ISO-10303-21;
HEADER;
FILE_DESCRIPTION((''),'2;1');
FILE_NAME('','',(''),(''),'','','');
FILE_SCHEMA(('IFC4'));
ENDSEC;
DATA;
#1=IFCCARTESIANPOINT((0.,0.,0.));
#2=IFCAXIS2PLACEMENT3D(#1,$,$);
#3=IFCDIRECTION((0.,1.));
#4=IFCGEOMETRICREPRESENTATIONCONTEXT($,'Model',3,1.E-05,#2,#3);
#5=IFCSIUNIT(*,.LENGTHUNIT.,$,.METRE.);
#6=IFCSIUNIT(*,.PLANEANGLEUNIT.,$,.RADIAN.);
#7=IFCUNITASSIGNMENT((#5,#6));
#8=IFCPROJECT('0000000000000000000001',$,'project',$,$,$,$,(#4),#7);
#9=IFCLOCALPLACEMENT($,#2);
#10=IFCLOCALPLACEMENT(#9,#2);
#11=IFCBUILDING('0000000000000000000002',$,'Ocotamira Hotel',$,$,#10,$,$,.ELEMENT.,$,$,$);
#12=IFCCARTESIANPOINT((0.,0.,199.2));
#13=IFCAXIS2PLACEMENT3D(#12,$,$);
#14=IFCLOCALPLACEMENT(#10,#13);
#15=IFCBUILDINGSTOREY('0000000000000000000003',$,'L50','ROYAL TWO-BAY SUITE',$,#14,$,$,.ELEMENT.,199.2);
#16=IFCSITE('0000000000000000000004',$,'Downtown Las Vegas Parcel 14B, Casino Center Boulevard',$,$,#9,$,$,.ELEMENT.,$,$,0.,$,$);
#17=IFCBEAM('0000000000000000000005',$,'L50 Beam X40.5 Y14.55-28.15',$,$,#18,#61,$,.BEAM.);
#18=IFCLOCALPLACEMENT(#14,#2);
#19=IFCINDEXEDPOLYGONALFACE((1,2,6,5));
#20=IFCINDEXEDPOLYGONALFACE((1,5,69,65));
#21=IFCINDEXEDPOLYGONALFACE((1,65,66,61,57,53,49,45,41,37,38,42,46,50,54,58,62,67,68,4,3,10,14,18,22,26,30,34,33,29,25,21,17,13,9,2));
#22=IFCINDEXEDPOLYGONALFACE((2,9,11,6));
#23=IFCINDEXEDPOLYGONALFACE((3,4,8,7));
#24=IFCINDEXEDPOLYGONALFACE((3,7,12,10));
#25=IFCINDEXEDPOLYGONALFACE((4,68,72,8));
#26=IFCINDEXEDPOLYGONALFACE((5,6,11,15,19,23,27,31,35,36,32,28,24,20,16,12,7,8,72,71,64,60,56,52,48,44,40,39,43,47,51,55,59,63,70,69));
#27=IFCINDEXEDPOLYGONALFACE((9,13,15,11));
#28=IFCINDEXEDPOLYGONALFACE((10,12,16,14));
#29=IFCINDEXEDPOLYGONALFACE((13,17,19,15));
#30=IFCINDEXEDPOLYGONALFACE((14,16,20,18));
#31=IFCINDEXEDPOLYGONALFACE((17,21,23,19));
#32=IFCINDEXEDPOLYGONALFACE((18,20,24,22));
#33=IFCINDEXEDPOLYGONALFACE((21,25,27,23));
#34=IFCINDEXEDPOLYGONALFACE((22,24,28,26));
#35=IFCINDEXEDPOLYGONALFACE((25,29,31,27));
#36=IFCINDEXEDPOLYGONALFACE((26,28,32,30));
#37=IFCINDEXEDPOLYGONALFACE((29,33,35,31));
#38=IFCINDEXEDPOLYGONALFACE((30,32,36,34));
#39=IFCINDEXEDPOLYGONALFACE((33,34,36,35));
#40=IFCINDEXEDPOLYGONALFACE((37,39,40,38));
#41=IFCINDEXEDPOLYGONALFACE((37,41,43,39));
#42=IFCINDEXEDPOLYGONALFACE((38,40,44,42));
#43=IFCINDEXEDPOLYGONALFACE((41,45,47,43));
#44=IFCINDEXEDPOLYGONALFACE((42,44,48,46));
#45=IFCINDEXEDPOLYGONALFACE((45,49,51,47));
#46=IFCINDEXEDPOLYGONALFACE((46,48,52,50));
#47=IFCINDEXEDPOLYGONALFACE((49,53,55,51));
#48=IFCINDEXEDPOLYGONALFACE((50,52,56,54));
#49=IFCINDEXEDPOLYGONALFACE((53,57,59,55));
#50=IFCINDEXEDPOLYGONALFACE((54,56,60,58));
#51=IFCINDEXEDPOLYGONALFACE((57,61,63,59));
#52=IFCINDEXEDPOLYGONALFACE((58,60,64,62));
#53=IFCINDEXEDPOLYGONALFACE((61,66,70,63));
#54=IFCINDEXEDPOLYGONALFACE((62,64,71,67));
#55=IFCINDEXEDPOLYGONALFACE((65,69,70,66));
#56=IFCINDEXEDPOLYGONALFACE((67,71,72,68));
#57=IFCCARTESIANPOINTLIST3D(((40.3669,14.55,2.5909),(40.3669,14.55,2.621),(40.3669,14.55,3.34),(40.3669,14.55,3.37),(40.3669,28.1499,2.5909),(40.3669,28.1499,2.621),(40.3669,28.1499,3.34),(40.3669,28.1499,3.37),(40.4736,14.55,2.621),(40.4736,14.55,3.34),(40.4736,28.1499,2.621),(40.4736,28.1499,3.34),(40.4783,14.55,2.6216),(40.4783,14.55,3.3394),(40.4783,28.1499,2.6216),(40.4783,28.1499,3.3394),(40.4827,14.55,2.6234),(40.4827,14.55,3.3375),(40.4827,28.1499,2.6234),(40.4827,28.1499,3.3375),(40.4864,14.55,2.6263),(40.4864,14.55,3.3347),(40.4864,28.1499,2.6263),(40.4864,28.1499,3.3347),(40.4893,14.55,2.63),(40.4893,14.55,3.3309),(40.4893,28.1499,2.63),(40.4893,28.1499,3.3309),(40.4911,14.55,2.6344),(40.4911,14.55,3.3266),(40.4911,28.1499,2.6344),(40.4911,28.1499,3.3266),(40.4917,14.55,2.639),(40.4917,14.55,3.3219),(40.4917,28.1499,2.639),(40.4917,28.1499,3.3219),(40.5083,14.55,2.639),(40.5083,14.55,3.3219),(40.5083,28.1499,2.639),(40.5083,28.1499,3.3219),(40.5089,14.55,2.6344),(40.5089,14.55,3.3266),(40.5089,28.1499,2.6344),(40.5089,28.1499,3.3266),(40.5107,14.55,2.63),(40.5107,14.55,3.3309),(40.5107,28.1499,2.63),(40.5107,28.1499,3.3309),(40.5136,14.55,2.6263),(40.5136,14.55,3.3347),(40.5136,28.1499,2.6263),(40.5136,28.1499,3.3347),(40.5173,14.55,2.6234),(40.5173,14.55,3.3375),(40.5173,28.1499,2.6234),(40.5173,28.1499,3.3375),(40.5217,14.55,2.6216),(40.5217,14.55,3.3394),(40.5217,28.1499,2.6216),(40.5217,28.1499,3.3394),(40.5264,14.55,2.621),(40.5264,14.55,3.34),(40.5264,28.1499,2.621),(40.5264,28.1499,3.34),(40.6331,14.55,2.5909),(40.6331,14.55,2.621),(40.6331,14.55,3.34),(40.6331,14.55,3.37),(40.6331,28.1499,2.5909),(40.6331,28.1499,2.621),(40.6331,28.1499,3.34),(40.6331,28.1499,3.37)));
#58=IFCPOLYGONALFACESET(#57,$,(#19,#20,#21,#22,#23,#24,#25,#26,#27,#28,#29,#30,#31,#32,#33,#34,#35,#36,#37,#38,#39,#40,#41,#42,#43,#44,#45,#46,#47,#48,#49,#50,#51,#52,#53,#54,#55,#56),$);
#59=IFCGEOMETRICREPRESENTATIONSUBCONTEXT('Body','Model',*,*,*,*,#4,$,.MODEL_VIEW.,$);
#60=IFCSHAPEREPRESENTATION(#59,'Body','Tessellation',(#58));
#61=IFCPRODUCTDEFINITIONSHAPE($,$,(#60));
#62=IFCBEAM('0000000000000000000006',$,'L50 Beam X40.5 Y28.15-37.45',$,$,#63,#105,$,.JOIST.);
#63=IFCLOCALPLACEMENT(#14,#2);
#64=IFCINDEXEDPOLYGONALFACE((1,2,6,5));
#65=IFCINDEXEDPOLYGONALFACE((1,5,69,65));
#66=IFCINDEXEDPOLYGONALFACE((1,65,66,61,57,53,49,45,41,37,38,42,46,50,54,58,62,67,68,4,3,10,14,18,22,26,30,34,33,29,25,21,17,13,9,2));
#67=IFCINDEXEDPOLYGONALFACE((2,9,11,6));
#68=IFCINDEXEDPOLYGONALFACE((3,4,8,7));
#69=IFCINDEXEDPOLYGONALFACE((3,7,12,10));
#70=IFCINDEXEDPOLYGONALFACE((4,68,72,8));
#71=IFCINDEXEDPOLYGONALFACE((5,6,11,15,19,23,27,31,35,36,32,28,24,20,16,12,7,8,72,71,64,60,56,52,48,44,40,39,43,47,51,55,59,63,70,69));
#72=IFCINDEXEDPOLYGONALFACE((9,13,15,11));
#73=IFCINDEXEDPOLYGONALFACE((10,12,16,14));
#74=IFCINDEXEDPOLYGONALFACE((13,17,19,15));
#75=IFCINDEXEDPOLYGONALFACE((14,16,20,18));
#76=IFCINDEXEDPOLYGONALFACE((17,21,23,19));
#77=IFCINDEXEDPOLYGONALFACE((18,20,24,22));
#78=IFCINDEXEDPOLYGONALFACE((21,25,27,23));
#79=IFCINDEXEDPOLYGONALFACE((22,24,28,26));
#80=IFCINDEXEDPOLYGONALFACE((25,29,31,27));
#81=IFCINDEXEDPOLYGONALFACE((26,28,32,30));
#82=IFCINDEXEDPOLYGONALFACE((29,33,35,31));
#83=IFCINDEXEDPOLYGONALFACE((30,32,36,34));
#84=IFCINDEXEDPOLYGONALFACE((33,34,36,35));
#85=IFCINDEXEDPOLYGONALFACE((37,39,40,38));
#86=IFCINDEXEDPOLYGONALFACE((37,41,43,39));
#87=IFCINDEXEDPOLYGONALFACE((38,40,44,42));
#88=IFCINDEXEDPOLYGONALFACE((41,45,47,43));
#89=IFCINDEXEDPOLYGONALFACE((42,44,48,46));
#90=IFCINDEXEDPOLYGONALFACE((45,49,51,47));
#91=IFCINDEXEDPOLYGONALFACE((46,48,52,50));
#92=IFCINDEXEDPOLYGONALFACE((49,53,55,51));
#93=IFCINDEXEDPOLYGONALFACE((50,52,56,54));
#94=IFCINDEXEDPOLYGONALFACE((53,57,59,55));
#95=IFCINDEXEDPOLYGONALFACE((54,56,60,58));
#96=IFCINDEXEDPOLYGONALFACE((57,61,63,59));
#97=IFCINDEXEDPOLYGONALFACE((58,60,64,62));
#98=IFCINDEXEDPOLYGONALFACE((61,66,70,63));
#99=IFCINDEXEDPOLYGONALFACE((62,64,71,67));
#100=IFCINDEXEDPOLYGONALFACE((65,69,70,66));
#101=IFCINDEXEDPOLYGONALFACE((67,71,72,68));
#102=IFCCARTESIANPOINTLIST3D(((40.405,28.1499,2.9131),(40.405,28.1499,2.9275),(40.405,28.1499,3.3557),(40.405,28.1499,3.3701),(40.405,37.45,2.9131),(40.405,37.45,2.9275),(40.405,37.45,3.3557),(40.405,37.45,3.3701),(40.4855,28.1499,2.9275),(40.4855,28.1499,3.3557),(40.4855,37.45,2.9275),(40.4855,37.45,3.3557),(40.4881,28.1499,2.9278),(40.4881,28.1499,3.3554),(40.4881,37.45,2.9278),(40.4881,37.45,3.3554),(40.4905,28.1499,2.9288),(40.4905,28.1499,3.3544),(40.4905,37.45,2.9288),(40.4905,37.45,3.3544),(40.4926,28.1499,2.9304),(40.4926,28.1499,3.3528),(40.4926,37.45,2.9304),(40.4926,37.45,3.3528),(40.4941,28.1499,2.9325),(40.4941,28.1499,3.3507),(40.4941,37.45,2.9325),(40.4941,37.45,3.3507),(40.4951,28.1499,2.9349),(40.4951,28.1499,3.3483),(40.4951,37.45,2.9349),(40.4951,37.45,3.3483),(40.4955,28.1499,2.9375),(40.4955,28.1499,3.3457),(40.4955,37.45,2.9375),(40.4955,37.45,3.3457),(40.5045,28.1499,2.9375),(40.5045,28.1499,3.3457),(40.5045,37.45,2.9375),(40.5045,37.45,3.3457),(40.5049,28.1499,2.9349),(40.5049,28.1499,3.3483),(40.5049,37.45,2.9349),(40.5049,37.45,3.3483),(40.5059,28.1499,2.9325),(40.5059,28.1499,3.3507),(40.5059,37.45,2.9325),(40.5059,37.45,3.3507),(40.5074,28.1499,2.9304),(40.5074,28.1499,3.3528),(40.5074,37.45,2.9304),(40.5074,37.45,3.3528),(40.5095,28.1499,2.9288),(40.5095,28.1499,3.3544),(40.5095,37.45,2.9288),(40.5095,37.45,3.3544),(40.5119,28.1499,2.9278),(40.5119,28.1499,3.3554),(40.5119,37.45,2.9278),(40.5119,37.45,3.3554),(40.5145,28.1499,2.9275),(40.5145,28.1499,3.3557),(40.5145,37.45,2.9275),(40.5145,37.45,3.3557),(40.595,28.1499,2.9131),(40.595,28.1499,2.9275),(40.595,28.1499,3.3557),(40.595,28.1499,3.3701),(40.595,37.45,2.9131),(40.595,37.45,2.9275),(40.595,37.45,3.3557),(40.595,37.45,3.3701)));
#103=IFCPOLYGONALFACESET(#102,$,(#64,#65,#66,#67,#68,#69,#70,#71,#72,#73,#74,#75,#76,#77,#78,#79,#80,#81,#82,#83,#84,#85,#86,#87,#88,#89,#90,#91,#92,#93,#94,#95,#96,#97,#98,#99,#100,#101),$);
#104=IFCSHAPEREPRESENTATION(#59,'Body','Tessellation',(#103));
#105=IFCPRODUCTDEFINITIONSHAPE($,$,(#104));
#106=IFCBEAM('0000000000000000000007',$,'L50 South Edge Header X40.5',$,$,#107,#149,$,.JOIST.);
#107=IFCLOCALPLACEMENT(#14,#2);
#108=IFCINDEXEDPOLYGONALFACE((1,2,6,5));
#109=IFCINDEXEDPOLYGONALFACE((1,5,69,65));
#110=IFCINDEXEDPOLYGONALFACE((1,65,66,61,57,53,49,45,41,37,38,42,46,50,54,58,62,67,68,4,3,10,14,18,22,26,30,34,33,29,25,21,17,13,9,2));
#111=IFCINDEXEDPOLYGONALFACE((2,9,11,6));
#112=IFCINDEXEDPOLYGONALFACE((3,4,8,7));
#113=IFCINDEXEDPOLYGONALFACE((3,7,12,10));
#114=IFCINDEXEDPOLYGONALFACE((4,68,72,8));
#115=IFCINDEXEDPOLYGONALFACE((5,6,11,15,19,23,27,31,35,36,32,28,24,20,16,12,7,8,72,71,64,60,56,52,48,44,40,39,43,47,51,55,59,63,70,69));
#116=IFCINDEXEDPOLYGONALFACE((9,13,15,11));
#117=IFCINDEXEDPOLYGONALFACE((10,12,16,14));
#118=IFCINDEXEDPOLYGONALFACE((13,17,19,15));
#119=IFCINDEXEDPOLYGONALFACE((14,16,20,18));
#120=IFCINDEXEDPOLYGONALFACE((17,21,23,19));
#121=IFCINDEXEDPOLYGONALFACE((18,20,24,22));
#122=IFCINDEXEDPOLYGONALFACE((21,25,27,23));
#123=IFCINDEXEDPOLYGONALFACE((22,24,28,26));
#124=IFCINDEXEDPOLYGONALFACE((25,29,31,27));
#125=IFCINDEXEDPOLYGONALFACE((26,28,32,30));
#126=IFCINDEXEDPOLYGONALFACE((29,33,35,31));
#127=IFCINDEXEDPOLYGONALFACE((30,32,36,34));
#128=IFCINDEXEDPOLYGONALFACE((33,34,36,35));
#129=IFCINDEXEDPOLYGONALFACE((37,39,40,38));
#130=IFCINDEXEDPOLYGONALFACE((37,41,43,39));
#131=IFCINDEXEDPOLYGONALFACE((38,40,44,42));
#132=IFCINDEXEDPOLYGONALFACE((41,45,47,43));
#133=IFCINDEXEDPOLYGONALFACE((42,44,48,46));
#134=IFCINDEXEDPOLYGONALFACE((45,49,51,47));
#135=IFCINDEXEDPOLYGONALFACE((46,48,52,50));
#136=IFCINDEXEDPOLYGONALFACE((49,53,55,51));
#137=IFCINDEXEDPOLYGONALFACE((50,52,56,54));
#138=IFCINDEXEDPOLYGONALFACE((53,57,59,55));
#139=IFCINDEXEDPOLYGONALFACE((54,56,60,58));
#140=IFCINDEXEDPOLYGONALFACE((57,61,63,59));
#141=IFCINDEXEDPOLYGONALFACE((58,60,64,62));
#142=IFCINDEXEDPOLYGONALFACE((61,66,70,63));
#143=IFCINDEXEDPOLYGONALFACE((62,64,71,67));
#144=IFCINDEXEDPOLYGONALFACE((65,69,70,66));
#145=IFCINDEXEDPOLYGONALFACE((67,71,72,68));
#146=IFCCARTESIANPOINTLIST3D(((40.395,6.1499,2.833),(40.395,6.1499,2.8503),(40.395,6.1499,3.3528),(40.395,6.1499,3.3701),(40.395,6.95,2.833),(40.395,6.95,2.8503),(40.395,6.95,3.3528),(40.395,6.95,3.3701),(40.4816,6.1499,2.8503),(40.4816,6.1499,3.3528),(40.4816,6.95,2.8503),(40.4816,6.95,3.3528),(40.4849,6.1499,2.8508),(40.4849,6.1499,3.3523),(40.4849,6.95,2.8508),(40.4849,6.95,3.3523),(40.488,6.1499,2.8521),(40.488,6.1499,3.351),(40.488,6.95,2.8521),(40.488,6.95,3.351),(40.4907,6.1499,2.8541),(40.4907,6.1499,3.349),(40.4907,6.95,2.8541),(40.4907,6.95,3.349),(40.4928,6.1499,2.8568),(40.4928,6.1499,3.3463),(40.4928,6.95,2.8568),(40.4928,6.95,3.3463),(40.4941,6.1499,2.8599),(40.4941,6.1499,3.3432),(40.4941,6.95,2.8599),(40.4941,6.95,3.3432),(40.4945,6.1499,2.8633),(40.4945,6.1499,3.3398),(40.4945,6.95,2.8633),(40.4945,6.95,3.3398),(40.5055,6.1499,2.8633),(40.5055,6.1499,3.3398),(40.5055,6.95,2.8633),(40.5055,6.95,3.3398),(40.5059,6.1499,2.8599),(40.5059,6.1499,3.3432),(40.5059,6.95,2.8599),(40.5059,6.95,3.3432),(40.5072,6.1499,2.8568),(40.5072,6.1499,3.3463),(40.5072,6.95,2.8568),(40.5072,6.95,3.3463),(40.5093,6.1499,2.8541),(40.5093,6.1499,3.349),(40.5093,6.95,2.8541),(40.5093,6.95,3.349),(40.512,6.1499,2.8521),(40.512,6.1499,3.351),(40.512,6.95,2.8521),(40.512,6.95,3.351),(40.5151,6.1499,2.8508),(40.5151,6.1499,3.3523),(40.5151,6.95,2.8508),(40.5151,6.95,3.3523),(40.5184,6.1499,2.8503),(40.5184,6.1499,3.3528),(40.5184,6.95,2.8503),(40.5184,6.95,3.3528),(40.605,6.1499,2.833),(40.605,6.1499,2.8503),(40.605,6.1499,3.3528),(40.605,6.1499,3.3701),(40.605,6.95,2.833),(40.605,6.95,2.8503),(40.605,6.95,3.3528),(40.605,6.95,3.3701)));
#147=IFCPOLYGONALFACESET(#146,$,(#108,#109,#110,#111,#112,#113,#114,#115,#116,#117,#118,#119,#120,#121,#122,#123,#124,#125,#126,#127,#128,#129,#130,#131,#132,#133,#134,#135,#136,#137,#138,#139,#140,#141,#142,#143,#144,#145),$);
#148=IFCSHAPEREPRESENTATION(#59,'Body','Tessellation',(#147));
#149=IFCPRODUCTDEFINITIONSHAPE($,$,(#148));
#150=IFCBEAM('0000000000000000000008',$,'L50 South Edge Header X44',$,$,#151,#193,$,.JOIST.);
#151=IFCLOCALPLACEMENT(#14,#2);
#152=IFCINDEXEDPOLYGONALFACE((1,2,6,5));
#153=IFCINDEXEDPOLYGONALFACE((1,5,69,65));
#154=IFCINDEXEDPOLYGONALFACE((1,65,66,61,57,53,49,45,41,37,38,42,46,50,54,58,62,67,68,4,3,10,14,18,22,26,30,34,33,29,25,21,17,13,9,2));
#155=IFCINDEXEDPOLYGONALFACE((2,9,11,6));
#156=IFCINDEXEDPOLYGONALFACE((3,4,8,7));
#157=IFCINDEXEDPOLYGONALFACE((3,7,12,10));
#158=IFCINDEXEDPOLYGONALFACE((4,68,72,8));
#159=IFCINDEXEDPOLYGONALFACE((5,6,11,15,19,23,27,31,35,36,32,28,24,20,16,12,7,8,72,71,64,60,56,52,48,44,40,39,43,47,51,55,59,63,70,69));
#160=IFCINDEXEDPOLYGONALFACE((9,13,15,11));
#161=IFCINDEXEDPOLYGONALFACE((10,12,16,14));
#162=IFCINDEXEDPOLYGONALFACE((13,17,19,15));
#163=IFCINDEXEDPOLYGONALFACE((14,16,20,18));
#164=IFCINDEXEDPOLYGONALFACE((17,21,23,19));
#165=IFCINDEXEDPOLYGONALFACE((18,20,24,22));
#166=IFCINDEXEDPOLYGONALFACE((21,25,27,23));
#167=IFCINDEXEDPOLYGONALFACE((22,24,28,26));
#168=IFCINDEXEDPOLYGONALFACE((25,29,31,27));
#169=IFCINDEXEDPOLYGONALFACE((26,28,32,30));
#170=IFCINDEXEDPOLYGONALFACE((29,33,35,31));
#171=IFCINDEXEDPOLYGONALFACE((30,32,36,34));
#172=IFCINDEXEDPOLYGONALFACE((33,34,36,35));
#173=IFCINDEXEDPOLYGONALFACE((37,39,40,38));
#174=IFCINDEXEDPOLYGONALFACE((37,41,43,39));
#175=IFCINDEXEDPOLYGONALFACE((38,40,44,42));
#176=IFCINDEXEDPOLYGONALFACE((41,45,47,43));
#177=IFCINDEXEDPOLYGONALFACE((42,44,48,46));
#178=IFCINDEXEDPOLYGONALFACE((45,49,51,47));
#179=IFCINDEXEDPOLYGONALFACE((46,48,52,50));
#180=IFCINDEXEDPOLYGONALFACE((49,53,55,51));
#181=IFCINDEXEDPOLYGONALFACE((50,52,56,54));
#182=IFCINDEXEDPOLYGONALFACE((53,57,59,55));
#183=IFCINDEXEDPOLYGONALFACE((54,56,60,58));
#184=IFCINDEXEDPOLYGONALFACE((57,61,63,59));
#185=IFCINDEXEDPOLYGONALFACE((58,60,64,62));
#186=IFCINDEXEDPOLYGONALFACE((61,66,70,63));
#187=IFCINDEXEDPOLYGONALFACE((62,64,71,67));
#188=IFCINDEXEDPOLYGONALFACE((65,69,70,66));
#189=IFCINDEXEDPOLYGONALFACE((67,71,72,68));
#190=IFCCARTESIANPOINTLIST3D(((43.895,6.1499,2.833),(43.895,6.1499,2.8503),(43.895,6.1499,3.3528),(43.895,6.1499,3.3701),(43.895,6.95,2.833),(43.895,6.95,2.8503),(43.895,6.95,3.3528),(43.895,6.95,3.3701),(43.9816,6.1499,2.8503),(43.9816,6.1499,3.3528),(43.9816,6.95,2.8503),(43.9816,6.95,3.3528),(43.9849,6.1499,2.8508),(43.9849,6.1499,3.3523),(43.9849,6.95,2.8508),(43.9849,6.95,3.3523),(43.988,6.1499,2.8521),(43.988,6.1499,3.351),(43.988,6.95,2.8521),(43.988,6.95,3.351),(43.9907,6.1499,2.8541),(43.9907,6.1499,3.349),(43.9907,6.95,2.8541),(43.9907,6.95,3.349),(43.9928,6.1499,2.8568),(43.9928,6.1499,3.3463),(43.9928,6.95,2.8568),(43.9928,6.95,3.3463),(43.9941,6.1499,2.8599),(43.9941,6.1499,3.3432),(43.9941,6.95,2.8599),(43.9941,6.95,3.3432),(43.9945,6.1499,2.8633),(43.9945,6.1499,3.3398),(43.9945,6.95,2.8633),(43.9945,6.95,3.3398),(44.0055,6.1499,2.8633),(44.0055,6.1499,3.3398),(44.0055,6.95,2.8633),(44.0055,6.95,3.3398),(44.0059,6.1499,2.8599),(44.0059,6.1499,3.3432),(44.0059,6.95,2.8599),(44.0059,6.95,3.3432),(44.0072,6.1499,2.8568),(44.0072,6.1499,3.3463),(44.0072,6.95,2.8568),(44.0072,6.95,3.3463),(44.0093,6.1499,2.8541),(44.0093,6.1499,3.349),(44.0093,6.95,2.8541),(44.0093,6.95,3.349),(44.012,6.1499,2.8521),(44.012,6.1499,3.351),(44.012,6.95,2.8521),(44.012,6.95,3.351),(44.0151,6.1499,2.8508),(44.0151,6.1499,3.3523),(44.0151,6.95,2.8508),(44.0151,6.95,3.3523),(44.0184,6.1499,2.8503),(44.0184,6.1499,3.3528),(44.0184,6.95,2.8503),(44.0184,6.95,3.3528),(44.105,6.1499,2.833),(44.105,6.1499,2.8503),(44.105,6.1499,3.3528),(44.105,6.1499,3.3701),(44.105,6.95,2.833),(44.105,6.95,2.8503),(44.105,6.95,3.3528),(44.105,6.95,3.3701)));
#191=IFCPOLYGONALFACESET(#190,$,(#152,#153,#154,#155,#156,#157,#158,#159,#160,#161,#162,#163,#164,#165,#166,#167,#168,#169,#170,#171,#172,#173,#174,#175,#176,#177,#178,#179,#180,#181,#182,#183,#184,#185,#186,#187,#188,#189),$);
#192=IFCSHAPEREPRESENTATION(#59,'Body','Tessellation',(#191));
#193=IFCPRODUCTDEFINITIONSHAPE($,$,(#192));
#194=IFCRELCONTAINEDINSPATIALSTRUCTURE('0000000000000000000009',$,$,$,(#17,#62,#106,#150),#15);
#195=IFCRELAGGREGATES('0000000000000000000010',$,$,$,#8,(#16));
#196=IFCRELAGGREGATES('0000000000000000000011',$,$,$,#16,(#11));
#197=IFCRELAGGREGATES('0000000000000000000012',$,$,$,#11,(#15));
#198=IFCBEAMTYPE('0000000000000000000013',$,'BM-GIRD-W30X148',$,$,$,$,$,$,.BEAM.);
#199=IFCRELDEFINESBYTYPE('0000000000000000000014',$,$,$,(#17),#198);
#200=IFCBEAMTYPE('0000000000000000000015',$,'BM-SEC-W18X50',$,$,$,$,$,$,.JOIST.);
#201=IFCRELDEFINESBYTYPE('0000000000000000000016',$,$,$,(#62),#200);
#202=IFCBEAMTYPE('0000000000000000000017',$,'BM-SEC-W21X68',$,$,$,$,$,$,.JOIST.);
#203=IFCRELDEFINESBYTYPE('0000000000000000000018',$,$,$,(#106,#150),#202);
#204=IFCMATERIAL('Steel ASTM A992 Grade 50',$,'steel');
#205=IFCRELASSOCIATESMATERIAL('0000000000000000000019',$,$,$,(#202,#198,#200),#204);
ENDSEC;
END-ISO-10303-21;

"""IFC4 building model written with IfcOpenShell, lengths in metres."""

from ifc_helpers import new_model, si_unit, direction, frame, origin, origin_2d, place, context, subcontext, project, spatial, i_section, extrude, source, transform, mapped, material, material_profile, profile_set, type_object, element, save


model = new_model("IFC4")

# Units and contexts
model_context = context("Model", 3, precision=1e-05, world=origin(), true_north=direction((0.0, 1.0)))
body_context = subcontext(model_context, "Body", "Model", "MODEL_VIEW")
ifc_project = project(units=[si_unit("LENGTHUNIT", "METRE"), si_unit("PLANEANGLEUNIT", "RADIAN")], contexts=[model_context])

# Site, building, storey
site_placement = place(None, origin())
site = spatial("IfcSite", under=ifc_project, at=site_placement, Name="Downtown Las Vegas Parcel 14B, Casino Center Boulevard", CompositionType="ELEMENT", RefElevation=0.0)
building_placement = place(site_placement, origin())
building = spatial("IfcBuilding", under=site, at=building_placement, Name="Ocotamira Hotel", CompositionType="ELEMENT")
storey_placement = place(building_placement, frame((0.0, 0.0, 199.2)))
storey = spatial("IfcBuildingStorey", under=building, at=storey_placement, Name="L50", Description="ROYAL TWO-BAY SUITE", CompositionType="ELEMENT", Elevation=199.2)

# Beams
ifc_material_1 = material(Name="Steel ASTM A992 Grade 50", Category="steel")
ifc_material_profile_1 = material_profile(ifc_material_1, i_section(OverallWidth=0.21, OverallDepth=0.5371, WebThickness=0.011, FlangeThickness=0.0173, FilletRadius=0.0129, at=origin_2d()), Name="W21X68")
ifc_profile_set_1 = profile_set([ifc_material_profile_1], Name="Steel ASTM A992 Grade 50")
beam_type_1 = type_object("IfcBeamType", Name="BM-SEC-W21X68", PredefinedType="JOIST", material=ifc_profile_set_1)
ifc_material_profile_2 = material_profile(ifc_material_1, i_section(OverallWidth=0.2661, OverallDepth=0.7791, WebThickness=0.0166, FlangeThickness=0.03, FilletRadius=0.0181, at=origin_2d()), Name="W30X148")
ifc_profile_set_2 = profile_set([ifc_material_profile_2], Name="Steel ASTM A992 Grade 50")
beam_type_2 = type_object("IfcBeamType", Name="BM-GIRD-W30X148", PredefinedType="BEAM", material=ifc_profile_set_2)
shared_shape_1 = source(origin(), body_context, "Body", "SweptSolid", [
    extrude(i_section(OverallWidth=0.2661, OverallDepth=0.7791, WebThickness=0.0166, FlangeThickness=0.03, FilletRadius=0.0181, at=origin_2d()), origin(), (0.0, 0.0, 1.0), 13.5999),
])
beam_1_placement = place(storey_placement, frame((40.5, 14.55, 2.9805), z_axis=(0.0, 1.0, 0.0), x_axis=(-1.0, 0.0, 0.0)))
element("IfcBeam", 1, at=beam_1_placement, inside=storey, type_object=beam_type_2, Name="L50 Beam X40.5 Y14.55-28.15", PredefinedType="BEAM", context=body_context, shape_type="MappedRepresentation", body=[
    mapped(shared_shape_1, transform((0.0, 0.0, 0.0), scale=1.0)),
])
ifc_material_profile_3 = material_profile(ifc_material_1, i_section(OverallWidth=0.1899, OverallDepth=0.457, WebThickness=0.009, FlangeThickness=0.0144, FilletRadius=0.01, at=origin_2d()), Name="W18X50")
ifc_profile_set_3 = profile_set([ifc_material_profile_3], Name="Steel ASTM A992 Grade 50")
beam_type_3 = type_object("IfcBeamType", Name="BM-SEC-W18X50", PredefinedType="JOIST", material=ifc_profile_set_3)
shared_shape_2 = source(origin(), body_context, "Body", "SweptSolid", [
    extrude(i_section(OverallWidth=0.1899, OverallDepth=0.457, WebThickness=0.009, FlangeThickness=0.0144, FilletRadius=0.01, at=origin_2d()), origin(), (0.0, 0.0, 1.0), 9.3),
])
beam_2_placement = place(storey_placement, frame((40.5, 28.1499, 3.1416), z_axis=(0.0, 1.0, 0.0), x_axis=(-1.0, 0.0, 0.0)))
element("IfcBeam", 2, at=beam_2_placement, inside=storey, type_object=beam_type_3, Name="L50 Beam X40.5 Y28.15-37.45", PredefinedType="JOIST", context=body_context, shape_type="MappedRepresentation", body=[
    mapped(shared_shape_2, transform((0.0, 0.0, 0.0), scale=1.0)),
])
shared_shape_3 = source(origin(), body_context, "Body", "SweptSolid", [
    extrude(i_section(OverallWidth=0.21, OverallDepth=0.5371, WebThickness=0.011, FlangeThickness=0.0173, FilletRadius=0.0129, at=origin_2d()), origin(), (0.0, 0.0, 1.0), 0.8),
])
for number, where, z_axis, x_axis, name in (
    (3, (40.5, 6.95, 3.1016), (0.0, -1.0, 0.0), (1.0, 0.0, 0.0), "L50 South Edge Header X40.5"),
    (4, (44.0, 6.95, 3.1016), (0.0, -1.0, 0.0), (1.0, 0.0, 0.0), "L50 South Edge Header X44"),
):
    element("IfcBeam", number, at=place(storey_placement, frame(where, z_axis=z_axis, x_axis=x_axis)), inside=storey, type_object=beam_type_1, Name=name, PredefinedType="JOIST", context=body_context, shape_type="MappedRepresentation", body=[
        mapped(shared_shape_3, transform((0.0, 0.0, 0.0), scale=1.0)),
    ])

save(model, "model.ifc")
